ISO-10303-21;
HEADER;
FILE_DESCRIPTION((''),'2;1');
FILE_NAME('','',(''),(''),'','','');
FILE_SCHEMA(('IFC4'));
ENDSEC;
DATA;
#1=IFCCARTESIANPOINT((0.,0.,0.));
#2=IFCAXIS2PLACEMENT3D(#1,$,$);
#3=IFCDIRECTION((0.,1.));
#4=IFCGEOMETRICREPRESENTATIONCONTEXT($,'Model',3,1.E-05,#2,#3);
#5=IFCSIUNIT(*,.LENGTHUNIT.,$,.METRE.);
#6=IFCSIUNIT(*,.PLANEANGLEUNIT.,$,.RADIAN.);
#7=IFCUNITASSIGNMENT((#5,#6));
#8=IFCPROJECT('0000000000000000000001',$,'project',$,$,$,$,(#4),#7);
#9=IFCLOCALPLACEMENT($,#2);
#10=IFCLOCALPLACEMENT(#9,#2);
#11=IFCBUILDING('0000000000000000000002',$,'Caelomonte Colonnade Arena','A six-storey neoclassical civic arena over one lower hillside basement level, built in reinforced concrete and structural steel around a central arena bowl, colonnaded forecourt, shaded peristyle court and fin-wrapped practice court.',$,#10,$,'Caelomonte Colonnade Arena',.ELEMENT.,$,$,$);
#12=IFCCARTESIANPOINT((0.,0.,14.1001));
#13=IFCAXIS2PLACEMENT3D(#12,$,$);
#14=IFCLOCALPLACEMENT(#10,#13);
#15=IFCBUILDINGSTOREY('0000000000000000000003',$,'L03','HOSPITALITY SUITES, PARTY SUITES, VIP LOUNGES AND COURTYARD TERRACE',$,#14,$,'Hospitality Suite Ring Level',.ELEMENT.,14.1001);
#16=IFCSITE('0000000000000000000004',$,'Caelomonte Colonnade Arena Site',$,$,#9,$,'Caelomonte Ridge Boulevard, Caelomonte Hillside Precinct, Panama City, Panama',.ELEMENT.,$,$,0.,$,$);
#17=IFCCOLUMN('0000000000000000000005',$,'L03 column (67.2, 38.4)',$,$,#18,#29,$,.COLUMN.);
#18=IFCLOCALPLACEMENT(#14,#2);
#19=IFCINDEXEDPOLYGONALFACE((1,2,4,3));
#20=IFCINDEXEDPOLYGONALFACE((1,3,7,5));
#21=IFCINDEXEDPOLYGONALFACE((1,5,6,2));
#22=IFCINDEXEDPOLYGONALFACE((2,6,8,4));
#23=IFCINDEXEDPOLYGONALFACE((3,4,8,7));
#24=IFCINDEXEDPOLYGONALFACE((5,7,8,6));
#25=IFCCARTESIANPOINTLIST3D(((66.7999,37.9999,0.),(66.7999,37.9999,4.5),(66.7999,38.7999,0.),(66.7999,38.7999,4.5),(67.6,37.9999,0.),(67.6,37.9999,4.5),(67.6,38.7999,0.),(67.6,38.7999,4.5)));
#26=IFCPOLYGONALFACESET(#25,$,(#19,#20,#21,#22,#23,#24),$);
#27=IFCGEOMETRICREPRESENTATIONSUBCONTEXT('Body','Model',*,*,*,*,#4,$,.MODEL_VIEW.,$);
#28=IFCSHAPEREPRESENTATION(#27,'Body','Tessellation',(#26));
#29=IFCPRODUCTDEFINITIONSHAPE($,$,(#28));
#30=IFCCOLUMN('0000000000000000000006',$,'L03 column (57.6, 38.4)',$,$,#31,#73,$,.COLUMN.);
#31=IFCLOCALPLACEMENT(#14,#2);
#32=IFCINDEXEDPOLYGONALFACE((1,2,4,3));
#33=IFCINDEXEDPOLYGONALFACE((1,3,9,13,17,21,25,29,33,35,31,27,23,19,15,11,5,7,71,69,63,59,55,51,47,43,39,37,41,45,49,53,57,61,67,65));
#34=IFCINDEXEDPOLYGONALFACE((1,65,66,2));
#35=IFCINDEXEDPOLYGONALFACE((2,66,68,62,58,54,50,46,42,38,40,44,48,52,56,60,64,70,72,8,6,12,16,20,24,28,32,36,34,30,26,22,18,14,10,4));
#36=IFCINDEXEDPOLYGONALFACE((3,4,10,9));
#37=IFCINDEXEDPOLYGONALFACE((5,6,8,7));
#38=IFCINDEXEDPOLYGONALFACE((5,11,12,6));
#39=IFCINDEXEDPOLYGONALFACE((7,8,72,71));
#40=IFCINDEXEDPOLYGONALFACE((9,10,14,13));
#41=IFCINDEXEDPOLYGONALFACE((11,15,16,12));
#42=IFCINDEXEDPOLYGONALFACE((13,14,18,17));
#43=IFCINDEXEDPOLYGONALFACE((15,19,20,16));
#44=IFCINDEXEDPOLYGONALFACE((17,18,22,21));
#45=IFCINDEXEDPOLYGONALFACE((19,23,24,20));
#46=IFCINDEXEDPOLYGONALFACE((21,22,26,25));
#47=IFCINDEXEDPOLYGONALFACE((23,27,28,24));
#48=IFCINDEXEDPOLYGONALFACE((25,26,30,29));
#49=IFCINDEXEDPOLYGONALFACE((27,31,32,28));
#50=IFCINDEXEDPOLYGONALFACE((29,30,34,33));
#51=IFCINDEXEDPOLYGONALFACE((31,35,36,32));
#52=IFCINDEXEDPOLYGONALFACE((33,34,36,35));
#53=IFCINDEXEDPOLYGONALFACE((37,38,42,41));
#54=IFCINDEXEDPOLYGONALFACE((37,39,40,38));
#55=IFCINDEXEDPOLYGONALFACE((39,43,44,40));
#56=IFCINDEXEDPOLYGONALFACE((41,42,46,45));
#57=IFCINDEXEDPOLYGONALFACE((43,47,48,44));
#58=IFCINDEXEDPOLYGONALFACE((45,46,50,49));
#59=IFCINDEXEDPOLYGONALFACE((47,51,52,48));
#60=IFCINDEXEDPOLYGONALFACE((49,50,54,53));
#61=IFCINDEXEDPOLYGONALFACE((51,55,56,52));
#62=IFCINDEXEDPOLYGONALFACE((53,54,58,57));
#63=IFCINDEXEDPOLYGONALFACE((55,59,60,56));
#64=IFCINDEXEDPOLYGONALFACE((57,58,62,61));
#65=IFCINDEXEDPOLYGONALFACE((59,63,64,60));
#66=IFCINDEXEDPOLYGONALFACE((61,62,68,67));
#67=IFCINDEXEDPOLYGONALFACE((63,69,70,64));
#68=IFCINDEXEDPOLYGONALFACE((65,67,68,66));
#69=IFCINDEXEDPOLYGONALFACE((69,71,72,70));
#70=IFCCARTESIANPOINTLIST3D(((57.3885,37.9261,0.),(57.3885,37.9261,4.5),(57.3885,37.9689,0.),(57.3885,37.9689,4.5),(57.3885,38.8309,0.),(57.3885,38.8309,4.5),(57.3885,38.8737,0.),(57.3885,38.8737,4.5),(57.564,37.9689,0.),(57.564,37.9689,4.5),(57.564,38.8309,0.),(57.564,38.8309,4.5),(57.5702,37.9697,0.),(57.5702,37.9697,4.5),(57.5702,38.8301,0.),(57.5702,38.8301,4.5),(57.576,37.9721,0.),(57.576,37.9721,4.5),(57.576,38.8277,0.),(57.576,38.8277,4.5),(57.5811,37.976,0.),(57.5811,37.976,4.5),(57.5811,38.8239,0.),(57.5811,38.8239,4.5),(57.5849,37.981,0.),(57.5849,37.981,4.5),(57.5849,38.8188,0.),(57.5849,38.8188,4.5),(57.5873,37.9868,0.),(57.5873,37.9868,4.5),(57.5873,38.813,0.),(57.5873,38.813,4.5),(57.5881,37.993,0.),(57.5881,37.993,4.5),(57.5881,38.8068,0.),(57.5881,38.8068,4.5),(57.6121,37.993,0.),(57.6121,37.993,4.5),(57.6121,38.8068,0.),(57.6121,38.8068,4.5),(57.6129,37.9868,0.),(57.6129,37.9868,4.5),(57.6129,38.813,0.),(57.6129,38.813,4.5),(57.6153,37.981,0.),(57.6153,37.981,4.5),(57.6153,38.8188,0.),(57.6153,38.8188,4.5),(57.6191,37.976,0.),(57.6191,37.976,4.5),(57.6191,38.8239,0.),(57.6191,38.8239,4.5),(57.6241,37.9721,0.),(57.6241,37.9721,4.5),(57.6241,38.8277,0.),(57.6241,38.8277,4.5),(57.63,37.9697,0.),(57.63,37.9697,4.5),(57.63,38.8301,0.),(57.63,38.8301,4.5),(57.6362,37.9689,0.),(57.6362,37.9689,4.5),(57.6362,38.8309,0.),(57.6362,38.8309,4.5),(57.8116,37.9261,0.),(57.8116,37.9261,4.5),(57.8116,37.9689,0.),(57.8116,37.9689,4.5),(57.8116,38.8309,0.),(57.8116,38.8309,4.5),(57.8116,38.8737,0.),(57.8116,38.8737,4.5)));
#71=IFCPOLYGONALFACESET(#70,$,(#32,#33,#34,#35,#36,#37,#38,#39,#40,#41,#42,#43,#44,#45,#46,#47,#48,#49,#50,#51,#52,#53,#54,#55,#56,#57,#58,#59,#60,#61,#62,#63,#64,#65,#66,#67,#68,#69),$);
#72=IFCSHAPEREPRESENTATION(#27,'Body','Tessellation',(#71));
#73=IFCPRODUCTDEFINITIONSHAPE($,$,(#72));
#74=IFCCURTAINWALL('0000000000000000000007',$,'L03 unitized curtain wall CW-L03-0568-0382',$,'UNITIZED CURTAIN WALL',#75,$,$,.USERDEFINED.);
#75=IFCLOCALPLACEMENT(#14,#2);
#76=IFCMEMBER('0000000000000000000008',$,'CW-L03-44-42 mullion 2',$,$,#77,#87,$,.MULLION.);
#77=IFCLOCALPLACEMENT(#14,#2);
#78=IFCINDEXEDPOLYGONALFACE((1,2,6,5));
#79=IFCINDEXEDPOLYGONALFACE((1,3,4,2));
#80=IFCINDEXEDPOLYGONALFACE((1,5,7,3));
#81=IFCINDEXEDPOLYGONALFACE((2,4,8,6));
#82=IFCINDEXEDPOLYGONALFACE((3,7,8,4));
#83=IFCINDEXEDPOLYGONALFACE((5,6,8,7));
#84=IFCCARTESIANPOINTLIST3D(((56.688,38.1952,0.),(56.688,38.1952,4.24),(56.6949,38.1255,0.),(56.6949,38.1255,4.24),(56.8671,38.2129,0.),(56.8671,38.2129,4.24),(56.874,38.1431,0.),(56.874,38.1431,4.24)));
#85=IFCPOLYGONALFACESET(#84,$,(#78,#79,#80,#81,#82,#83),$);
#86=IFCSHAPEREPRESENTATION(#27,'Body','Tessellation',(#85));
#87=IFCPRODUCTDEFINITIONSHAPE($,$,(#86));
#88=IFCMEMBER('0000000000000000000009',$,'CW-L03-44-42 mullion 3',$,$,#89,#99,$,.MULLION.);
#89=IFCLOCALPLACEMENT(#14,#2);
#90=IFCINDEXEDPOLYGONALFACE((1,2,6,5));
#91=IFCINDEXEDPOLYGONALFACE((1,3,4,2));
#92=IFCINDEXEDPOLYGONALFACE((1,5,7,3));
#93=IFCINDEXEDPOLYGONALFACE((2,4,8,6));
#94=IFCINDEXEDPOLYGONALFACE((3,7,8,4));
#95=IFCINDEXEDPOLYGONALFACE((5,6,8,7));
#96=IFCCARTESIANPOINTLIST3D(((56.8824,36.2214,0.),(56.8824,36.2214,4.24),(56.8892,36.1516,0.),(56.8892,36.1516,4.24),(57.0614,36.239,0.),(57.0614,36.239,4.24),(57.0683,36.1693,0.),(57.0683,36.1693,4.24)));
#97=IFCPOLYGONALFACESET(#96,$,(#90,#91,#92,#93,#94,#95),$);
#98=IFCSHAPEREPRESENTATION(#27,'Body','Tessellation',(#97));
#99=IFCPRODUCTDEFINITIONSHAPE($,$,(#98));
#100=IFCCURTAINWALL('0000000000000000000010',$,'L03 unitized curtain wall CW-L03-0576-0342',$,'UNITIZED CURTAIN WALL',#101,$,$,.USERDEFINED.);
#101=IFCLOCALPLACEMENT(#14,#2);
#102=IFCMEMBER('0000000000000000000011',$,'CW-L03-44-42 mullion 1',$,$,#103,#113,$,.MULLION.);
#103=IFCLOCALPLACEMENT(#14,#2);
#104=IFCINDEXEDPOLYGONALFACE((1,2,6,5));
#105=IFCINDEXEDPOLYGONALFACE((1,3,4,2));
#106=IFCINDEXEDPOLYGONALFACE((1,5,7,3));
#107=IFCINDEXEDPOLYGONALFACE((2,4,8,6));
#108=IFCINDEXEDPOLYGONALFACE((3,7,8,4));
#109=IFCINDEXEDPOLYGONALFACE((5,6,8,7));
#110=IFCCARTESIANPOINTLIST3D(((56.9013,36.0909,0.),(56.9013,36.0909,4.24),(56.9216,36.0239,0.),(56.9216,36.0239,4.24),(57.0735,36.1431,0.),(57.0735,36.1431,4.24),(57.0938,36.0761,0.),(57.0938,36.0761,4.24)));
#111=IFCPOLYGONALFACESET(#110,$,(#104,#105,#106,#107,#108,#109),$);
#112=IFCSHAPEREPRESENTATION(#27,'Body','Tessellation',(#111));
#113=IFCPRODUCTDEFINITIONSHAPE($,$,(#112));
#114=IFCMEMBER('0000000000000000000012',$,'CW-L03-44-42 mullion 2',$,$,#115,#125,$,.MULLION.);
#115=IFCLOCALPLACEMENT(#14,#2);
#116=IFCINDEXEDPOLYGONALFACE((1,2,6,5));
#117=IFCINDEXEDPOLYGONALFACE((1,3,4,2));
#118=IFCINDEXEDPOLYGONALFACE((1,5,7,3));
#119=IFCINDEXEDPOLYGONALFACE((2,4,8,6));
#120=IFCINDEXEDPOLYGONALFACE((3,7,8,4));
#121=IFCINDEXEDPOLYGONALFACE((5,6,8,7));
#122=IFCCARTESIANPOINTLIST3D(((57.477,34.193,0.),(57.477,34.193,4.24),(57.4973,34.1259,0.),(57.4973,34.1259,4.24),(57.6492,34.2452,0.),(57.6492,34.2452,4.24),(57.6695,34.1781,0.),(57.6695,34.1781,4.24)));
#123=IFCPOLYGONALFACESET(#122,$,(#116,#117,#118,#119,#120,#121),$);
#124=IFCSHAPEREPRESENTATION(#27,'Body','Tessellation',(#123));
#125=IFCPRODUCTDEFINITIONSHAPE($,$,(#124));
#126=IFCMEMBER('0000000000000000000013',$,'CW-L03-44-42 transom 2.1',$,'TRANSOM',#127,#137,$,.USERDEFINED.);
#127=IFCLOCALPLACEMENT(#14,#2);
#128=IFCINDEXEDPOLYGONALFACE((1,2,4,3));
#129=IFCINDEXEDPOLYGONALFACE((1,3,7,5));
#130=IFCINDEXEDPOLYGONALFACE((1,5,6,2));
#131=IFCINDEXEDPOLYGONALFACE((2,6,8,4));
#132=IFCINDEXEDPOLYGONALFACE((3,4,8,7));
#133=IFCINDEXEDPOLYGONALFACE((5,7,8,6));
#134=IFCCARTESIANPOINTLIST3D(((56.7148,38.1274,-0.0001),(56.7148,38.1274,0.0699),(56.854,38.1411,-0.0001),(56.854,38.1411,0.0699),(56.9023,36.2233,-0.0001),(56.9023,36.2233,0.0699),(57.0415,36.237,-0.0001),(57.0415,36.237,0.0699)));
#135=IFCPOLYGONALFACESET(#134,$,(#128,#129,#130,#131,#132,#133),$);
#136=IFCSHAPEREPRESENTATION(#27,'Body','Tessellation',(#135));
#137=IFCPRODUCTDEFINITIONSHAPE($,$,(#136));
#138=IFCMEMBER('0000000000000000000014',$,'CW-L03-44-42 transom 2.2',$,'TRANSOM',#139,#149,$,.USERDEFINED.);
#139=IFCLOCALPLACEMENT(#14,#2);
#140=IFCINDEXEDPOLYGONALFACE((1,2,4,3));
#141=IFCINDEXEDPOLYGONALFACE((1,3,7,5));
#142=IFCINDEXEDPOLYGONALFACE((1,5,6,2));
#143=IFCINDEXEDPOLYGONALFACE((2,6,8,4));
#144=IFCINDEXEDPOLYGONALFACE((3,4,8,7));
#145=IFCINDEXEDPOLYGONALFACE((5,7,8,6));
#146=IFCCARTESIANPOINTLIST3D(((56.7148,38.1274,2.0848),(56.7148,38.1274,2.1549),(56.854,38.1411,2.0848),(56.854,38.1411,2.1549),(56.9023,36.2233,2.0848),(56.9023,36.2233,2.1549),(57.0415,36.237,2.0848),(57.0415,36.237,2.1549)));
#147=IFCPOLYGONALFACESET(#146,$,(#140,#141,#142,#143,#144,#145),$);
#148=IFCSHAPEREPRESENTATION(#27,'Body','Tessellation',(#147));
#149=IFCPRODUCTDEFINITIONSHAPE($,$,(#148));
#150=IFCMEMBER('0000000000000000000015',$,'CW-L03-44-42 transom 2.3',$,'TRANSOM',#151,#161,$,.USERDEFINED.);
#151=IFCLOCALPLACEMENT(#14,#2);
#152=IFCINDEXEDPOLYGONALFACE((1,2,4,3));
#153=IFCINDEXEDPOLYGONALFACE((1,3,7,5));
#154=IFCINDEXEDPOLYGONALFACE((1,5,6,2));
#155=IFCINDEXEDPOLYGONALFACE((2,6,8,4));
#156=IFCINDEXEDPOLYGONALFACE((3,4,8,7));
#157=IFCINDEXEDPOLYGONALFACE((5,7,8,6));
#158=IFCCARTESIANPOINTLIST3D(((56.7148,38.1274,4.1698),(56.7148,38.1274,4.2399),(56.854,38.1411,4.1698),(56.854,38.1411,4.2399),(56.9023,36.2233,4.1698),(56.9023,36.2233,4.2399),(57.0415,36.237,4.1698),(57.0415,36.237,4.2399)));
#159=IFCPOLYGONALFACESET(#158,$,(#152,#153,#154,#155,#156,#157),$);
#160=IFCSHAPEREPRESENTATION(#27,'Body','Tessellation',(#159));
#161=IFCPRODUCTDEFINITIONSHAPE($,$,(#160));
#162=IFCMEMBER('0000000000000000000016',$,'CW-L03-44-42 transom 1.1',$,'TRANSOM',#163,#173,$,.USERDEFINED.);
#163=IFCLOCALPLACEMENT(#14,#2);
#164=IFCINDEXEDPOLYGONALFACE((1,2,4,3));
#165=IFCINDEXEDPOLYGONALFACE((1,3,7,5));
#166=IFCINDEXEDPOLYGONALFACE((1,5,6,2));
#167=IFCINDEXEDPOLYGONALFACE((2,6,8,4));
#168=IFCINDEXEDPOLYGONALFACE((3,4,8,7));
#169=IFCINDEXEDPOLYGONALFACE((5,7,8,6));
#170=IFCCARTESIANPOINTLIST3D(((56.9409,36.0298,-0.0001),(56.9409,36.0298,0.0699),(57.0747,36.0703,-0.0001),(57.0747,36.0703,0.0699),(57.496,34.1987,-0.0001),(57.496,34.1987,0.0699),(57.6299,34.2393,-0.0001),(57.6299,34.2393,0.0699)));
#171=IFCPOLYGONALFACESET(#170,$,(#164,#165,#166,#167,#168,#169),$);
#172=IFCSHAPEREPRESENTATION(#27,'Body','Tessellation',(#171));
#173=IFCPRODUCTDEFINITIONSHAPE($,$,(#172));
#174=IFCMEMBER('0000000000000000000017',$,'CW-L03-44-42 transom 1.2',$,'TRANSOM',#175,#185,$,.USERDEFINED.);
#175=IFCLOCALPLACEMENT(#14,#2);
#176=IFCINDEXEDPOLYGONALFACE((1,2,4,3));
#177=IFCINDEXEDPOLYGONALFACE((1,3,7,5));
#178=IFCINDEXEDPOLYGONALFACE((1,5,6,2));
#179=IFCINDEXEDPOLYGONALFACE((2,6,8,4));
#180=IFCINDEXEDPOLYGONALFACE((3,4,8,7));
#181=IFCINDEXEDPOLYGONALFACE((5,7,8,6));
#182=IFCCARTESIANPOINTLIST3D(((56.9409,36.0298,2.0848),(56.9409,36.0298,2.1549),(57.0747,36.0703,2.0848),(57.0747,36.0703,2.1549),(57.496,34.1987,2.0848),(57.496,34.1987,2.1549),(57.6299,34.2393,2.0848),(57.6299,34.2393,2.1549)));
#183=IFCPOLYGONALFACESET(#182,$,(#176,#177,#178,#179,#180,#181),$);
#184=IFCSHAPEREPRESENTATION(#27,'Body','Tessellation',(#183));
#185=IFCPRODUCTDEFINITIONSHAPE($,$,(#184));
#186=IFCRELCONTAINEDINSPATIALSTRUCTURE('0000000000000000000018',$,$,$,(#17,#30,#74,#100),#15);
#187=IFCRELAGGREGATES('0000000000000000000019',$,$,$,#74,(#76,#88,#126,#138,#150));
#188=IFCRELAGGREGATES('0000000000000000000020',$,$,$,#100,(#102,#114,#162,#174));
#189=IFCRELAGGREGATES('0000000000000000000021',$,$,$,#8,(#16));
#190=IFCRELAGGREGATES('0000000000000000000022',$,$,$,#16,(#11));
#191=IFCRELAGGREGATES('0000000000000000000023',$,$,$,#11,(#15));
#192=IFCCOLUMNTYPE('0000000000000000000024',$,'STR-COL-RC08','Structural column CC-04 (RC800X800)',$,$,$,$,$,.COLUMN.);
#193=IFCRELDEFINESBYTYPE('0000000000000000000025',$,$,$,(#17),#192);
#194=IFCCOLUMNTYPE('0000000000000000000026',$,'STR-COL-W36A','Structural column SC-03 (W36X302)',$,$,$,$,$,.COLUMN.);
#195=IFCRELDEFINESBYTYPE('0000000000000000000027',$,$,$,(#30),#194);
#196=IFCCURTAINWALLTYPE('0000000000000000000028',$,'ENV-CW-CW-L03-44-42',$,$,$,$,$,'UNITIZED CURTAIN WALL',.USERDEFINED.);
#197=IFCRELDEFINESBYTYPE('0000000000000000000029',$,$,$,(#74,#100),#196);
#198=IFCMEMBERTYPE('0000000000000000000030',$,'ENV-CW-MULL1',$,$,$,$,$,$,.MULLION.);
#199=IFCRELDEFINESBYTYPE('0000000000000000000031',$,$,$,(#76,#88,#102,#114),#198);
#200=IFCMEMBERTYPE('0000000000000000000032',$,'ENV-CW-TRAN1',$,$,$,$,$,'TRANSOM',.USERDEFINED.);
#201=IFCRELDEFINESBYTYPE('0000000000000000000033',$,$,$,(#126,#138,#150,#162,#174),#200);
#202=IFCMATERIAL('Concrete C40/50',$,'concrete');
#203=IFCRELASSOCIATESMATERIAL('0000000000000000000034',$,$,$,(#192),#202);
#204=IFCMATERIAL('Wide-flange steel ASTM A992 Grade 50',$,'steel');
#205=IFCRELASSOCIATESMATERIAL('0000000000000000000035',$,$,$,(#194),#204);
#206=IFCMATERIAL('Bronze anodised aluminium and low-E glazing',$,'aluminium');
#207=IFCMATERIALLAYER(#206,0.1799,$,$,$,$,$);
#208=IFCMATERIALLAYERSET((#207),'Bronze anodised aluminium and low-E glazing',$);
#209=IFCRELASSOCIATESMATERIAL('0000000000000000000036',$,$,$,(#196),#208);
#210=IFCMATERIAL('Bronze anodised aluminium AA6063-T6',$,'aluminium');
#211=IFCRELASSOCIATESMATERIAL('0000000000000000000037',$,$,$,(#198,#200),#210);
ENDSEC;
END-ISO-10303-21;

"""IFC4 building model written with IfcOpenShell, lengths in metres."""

from ifc_helpers import new_model, si_unit, direction, frame, origin, origin_2d, place, context, subcontext, project, spatial, rectangle, i_section, extrude, material, layer, layer_set, material_profile, profile_set, type_object, element, aggregate, save


model = new_model("IFC4")

# Units and contexts
model_context = context("Model", 3, precision=1e-05, world=origin(), true_north=direction((0.0, 1.0)))
body_context = subcontext(model_context, "Body", "Model", "MODEL_VIEW")
ifc_project = project(units=[si_unit("LENGTHUNIT", "METRE"), si_unit("PLANEANGLEUNIT", "RADIAN")], contexts=[model_context])

# Site, building, storey
site_placement = place(None, origin())
site = spatial("IfcSite", under=ifc_project, at=site_placement, Name="Caelomonte Colonnade Arena Site", LongName="Caelomonte Ridge Boulevard, Caelomonte Hillside Precinct, Panama City, Panama", CompositionType="ELEMENT", RefElevation=0.0)
building_placement = place(site_placement, origin())
building = spatial("IfcBuilding", under=site, at=building_placement, Name="Caelomonte Colonnade Arena", Description="A six-storey neoclassical civic arena over one lower hillside basement level, built in reinforced concrete and structural steel around a central arena bowl, colonnaded forecourt, shaded peristyle court and fin-wrapped practice court.", LongName="Caelomonte Colonnade Arena", CompositionType="ELEMENT")
storey_placement = place(building_placement, frame((0.0, 0.0, 14.1001)))
storey = spatial("IfcBuildingStorey", under=building, at=storey_placement, Name="L03", Description="HOSPITALITY SUITES, PARTY SUITES, VIP LOUNGES AND COURTYARD TERRACE", LongName="Hospitality Suite Ring Level", CompositionType="ELEMENT", Elevation=14.1001)

# Columns
ifc_material_1 = material(Name="Concrete C40/50", Category="concrete")
ifc_material_profile_1 = material_profile(ifc_material_1, rectangle(XDim=0.8, YDim=0.8, at=origin_2d()), Name="RC800X800")
ifc_profile_set_1 = profile_set([ifc_material_profile_1], Name="Concrete C40/50")
column_type_1 = type_object("IfcColumnType", Name="STR-COL-RC08", Description="Structural column CC-04 (RC800X800)", PredefinedType="COLUMN", material=ifc_profile_set_1)
column_1_placement = place(storey_placement, frame((67.2, 38.3999, 0.0), z_axis=(0.0, 0.0, 1.0), x_axis=(1.0, 0.0, 0.0)))
element("IfcColumn", 1, at=column_1_placement, inside=storey, type_object=column_type_1, Name="L03 column (67.2, 38.4)", PredefinedType="COLUMN", context=body_context, shape_type="SweptSolid", body=[
    extrude(rectangle(XDim=0.8, YDim=0.8, at=origin_2d()), origin(), (0.0, 0.0, 1.0), 4.5),
])
ifc_material_2 = material(Name="Wide-flange steel ASTM A992 Grade 50", Category="steel")
ifc_material_profile_2 = material_profile(ifc_material_2, i_section(OverallWidth=0.4231, OverallDepth=0.9475, WebThickness=0.0239, FlangeThickness=0.0427, FilletRadius=0.0242, at=origin_2d()), Name="W36X302")
ifc_profile_set_2 = profile_set([ifc_material_profile_2], Name="Wide-flange steel ASTM A992 Grade 50")
column_type_2 = type_object("IfcColumnType", Name="STR-COL-W36A", Description="Structural column SC-03 (W36X302)", PredefinedType="COLUMN", material=ifc_profile_set_2)
column_2_placement = place(storey_placement, frame((57.6001, 38.3999, 0.0), z_axis=(0.0, 0.0, 1.0), x_axis=(1.0, 0.0, 0.0)))
element("IfcColumn", 2, at=column_2_placement, inside=storey, type_object=column_type_2, Name="L03 column (57.6, 38.4)", PredefinedType="COLUMN", context=body_context, shape_type="SweptSolid", body=[
    extrude(i_section(OverallWidth=0.4231, OverallDepth=0.9475, WebThickness=0.0239, FlangeThickness=0.0427, FilletRadius=0.0242, at=origin_2d()), origin(), (0.0, 0.0, 1.0), 4.5),
])

# Curtain walls, members
ifc_material_3 = material(Name="Bronze anodised aluminium and low-E glazing", Category="aluminium")
ifc_layer_1 = layer(ifc_material_3, 0.1799)
ifc_layer_set_1 = layer_set([ifc_layer_1], Name="Bronze anodised aluminium and low-E glazing")
curtain_wall_type = type_object("IfcCurtainWallType", Name="ENV-CW-CW-L03-44-42", ElementType="UNITIZED CURTAIN WALL", PredefinedType="USERDEFINED", material=ifc_layer_set_1)
curtain_wall_1_placement = place(storey_placement, origin())
curtain_wall_1 = element("IfcCurtainWall", 3, at=curtain_wall_1_placement, inside=storey, type_object=curtain_wall_type, Name="L03 unitized curtain wall CW-L03-0568-0382", ObjectType="UNITIZED CURTAIN WALL", PredefinedType="USERDEFINED")
ifc_material_4 = material(Name="Bronze anodised aluminium AA6063-T6", Category="aluminium")
ifc_material_profile_3 = material_profile(ifc_material_4, rectangle(XDim=0.0701, YDim=0.1799, at=origin_2d()), Name="CWM-70X180")
ifc_profile_set_3 = profile_set([ifc_material_profile_3], Name="Bronze anodised aluminium AA6063-T6")
member_type_1 = type_object("IfcMemberType", Name="ENV-CW-MULL1", PredefinedType="MULLION", material=ifc_profile_set_3)
member_1_placement = place(storey_placement, frame((56.781, 38.1692, 0.0), z_axis=(0.0, 0.0, 1.0), x_axis=(0.098002, -0.995186, 0.0)))
member_1 = element("IfcMember", 4, at=member_1_placement, type_object=member_type_1, Name="CW-L03-44-42 mullion 2", PredefinedType="MULLION", context=body_context, shape_type="SweptSolid", body=[
    extrude(rectangle(XDim=0.0701, YDim=0.1799, at=origin_2d()), origin(), (0.0, 0.0, 1.0), 4.24),
])
member_2_placement = place(storey_placement, frame((56.9753, 36.1953, 0.0), z_axis=(0.0, 0.0, 1.0), x_axis=(0.098002, -0.995186, 0.0)))
member_2 = element("IfcMember", 5, at=member_2_placement, type_object=member_type_1, Name="CW-L03-44-42 mullion 3", PredefinedType="MULLION", context=body_context, shape_type="SweptSolid", body=[
    extrude(rectangle(XDim=0.0701, YDim=0.1799, at=origin_2d()), origin(), (0.0, 0.0, 1.0), 4.24),
])
curtain_wall_2_placement = place(storey_placement, origin())
curtain_wall_2 = element("IfcCurtainWall", 6, at=curtain_wall_2_placement, inside=storey, type_object=curtain_wall_type, Name="L03 unitized curtain wall CW-L03-0576-0342", ObjectType="UNITIZED CURTAIN WALL", PredefinedType="USERDEFINED")
member_3_placement = place(storey_placement, frame((56.9976, 36.0835, 0.0), z_axis=(0.0, 0.0, 1.0), x_axis=(0.290256, -0.956949, 0.0)))
member_3 = element("IfcMember", 7, at=member_3_placement, type_object=member_type_1, Name="CW-L03-44-42 mullion 1", PredefinedType="MULLION", context=body_context, shape_type="SweptSolid", body=[
    extrude(rectangle(XDim=0.0701, YDim=0.1799, at=origin_2d()), origin(), (0.0, 0.0, 1.0), 4.24),
])
member_4_placement = place(storey_placement, frame((57.5732, 34.1855, 0.0), z_axis=(0.0, 0.0, 1.0), x_axis=(0.290256, -0.956949, 0.0)))
member_4 = element("IfcMember", 8, at=member_4_placement, type_object=member_type_1, Name="CW-L03-44-42 mullion 2", PredefinedType="MULLION", context=body_context, shape_type="SweptSolid", body=[
    extrude(rectangle(XDim=0.0701, YDim=0.1799, at=origin_2d()), origin(), (0.0, 0.0, 1.0), 4.24),
])

# Members
ifc_material_profile_4 = material_profile(ifc_material_4, rectangle(XDim=0.0701, YDim=0.1399, at=origin_2d()), Name="CWT-70X140")
ifc_profile_set_4 = profile_set([ifc_material_profile_4], Name="Bronze anodised aluminium AA6063-T6")
member_type_2 = type_object("IfcMemberType", Name="ENV-CW-TRAN1", ElementType="TRANSOM", PredefinedType="USERDEFINED", material=ifc_profile_set_4)
member_5_placement = place(storey_placement, frame((56.7844, 38.1343, 0.0349), z_axis=(0.098, -0.995186, 0.0), x_axis=(0.0, 0.0, 1.0)))
member_5 = element("IfcMember", 9, at=member_5_placement, type_object=member_type_2, Name="CW-L03-44-42 transom 2.1", ObjectType="TRANSOM", PredefinedType="USERDEFINED", context=body_context, shape_type="SweptSolid", body=[
    extrude(rectangle(XDim=0.0701, YDim=0.1399, at=origin_2d()), origin(), (0.0, 0.0, 1.0), 1.9133),
])
member_6_placement = place(storey_placement, frame((56.7844, 38.1343, 2.1199), z_axis=(0.098, -0.995186, 0.0), x_axis=(0.0, 0.0, 1.0)))
member_6 = element("IfcMember", 10, at=member_6_placement, type_object=member_type_2, Name="CW-L03-44-42 transom 2.2", ObjectType="TRANSOM", PredefinedType="USERDEFINED", context=body_context, shape_type="SweptSolid", body=[
    extrude(rectangle(XDim=0.0701, YDim=0.1399, at=origin_2d()), origin(), (0.0, 0.0, 1.0), 1.9133),
])
member_7_placement = place(storey_placement, frame((56.7844, 38.1343, 4.2048), z_axis=(0.098, -0.995186, 0.0), x_axis=(0.0, 0.0, 1.0)))
member_7 = element("IfcMember", 11, at=member_7_placement, type_object=member_type_2, Name="CW-L03-44-42 transom 2.3", ObjectType="TRANSOM", PredefinedType="USERDEFINED", context=body_context, shape_type="SweptSolid", body=[
    extrude(rectangle(XDim=0.0701, YDim=0.1399, at=origin_2d()), origin(), (0.0, 0.0, 1.0), 1.9133),
])
member_8_placement = place(storey_placement, frame((57.0078, 36.05, 0.0349), z_axis=(0.290156, -0.956979, 0.0), x_axis=(0.0, 0.0, 1.0)))
member_8 = element("IfcMember", 12, at=member_8_placement, type_object=member_type_2, Name="CW-L03-44-42 transom 1.1", ObjectType="TRANSOM", PredefinedType="USERDEFINED", context=body_context, shape_type="SweptSolid", body=[
    extrude(rectangle(XDim=0.0701, YDim=0.1399, at=origin_2d()), origin(), (0.0, 0.0, 1.0), 1.9133),
])
member_9_placement = place(storey_placement, frame((57.0078, 36.05, 2.1199), z_axis=(0.290156, -0.956979, 0.0), x_axis=(0.0, 0.0, 1.0)))
member_9 = element("IfcMember", 13, at=member_9_placement, type_object=member_type_2, Name="CW-L03-44-42 transom 1.2", ObjectType="TRANSOM", PredefinedType="USERDEFINED", context=body_context, shape_type="SweptSolid", body=[
    extrude(rectangle(XDim=0.0701, YDim=0.1399, at=origin_2d()), origin(), (0.0, 0.0, 1.0), 1.9133),
])

aggregate(curtain_wall_1, [member_1, member_2, member_5, member_6, member_7])
aggregate(curtain_wall_2, [member_3, member_4, member_8, member_9])

save(model, "model.ifc")
